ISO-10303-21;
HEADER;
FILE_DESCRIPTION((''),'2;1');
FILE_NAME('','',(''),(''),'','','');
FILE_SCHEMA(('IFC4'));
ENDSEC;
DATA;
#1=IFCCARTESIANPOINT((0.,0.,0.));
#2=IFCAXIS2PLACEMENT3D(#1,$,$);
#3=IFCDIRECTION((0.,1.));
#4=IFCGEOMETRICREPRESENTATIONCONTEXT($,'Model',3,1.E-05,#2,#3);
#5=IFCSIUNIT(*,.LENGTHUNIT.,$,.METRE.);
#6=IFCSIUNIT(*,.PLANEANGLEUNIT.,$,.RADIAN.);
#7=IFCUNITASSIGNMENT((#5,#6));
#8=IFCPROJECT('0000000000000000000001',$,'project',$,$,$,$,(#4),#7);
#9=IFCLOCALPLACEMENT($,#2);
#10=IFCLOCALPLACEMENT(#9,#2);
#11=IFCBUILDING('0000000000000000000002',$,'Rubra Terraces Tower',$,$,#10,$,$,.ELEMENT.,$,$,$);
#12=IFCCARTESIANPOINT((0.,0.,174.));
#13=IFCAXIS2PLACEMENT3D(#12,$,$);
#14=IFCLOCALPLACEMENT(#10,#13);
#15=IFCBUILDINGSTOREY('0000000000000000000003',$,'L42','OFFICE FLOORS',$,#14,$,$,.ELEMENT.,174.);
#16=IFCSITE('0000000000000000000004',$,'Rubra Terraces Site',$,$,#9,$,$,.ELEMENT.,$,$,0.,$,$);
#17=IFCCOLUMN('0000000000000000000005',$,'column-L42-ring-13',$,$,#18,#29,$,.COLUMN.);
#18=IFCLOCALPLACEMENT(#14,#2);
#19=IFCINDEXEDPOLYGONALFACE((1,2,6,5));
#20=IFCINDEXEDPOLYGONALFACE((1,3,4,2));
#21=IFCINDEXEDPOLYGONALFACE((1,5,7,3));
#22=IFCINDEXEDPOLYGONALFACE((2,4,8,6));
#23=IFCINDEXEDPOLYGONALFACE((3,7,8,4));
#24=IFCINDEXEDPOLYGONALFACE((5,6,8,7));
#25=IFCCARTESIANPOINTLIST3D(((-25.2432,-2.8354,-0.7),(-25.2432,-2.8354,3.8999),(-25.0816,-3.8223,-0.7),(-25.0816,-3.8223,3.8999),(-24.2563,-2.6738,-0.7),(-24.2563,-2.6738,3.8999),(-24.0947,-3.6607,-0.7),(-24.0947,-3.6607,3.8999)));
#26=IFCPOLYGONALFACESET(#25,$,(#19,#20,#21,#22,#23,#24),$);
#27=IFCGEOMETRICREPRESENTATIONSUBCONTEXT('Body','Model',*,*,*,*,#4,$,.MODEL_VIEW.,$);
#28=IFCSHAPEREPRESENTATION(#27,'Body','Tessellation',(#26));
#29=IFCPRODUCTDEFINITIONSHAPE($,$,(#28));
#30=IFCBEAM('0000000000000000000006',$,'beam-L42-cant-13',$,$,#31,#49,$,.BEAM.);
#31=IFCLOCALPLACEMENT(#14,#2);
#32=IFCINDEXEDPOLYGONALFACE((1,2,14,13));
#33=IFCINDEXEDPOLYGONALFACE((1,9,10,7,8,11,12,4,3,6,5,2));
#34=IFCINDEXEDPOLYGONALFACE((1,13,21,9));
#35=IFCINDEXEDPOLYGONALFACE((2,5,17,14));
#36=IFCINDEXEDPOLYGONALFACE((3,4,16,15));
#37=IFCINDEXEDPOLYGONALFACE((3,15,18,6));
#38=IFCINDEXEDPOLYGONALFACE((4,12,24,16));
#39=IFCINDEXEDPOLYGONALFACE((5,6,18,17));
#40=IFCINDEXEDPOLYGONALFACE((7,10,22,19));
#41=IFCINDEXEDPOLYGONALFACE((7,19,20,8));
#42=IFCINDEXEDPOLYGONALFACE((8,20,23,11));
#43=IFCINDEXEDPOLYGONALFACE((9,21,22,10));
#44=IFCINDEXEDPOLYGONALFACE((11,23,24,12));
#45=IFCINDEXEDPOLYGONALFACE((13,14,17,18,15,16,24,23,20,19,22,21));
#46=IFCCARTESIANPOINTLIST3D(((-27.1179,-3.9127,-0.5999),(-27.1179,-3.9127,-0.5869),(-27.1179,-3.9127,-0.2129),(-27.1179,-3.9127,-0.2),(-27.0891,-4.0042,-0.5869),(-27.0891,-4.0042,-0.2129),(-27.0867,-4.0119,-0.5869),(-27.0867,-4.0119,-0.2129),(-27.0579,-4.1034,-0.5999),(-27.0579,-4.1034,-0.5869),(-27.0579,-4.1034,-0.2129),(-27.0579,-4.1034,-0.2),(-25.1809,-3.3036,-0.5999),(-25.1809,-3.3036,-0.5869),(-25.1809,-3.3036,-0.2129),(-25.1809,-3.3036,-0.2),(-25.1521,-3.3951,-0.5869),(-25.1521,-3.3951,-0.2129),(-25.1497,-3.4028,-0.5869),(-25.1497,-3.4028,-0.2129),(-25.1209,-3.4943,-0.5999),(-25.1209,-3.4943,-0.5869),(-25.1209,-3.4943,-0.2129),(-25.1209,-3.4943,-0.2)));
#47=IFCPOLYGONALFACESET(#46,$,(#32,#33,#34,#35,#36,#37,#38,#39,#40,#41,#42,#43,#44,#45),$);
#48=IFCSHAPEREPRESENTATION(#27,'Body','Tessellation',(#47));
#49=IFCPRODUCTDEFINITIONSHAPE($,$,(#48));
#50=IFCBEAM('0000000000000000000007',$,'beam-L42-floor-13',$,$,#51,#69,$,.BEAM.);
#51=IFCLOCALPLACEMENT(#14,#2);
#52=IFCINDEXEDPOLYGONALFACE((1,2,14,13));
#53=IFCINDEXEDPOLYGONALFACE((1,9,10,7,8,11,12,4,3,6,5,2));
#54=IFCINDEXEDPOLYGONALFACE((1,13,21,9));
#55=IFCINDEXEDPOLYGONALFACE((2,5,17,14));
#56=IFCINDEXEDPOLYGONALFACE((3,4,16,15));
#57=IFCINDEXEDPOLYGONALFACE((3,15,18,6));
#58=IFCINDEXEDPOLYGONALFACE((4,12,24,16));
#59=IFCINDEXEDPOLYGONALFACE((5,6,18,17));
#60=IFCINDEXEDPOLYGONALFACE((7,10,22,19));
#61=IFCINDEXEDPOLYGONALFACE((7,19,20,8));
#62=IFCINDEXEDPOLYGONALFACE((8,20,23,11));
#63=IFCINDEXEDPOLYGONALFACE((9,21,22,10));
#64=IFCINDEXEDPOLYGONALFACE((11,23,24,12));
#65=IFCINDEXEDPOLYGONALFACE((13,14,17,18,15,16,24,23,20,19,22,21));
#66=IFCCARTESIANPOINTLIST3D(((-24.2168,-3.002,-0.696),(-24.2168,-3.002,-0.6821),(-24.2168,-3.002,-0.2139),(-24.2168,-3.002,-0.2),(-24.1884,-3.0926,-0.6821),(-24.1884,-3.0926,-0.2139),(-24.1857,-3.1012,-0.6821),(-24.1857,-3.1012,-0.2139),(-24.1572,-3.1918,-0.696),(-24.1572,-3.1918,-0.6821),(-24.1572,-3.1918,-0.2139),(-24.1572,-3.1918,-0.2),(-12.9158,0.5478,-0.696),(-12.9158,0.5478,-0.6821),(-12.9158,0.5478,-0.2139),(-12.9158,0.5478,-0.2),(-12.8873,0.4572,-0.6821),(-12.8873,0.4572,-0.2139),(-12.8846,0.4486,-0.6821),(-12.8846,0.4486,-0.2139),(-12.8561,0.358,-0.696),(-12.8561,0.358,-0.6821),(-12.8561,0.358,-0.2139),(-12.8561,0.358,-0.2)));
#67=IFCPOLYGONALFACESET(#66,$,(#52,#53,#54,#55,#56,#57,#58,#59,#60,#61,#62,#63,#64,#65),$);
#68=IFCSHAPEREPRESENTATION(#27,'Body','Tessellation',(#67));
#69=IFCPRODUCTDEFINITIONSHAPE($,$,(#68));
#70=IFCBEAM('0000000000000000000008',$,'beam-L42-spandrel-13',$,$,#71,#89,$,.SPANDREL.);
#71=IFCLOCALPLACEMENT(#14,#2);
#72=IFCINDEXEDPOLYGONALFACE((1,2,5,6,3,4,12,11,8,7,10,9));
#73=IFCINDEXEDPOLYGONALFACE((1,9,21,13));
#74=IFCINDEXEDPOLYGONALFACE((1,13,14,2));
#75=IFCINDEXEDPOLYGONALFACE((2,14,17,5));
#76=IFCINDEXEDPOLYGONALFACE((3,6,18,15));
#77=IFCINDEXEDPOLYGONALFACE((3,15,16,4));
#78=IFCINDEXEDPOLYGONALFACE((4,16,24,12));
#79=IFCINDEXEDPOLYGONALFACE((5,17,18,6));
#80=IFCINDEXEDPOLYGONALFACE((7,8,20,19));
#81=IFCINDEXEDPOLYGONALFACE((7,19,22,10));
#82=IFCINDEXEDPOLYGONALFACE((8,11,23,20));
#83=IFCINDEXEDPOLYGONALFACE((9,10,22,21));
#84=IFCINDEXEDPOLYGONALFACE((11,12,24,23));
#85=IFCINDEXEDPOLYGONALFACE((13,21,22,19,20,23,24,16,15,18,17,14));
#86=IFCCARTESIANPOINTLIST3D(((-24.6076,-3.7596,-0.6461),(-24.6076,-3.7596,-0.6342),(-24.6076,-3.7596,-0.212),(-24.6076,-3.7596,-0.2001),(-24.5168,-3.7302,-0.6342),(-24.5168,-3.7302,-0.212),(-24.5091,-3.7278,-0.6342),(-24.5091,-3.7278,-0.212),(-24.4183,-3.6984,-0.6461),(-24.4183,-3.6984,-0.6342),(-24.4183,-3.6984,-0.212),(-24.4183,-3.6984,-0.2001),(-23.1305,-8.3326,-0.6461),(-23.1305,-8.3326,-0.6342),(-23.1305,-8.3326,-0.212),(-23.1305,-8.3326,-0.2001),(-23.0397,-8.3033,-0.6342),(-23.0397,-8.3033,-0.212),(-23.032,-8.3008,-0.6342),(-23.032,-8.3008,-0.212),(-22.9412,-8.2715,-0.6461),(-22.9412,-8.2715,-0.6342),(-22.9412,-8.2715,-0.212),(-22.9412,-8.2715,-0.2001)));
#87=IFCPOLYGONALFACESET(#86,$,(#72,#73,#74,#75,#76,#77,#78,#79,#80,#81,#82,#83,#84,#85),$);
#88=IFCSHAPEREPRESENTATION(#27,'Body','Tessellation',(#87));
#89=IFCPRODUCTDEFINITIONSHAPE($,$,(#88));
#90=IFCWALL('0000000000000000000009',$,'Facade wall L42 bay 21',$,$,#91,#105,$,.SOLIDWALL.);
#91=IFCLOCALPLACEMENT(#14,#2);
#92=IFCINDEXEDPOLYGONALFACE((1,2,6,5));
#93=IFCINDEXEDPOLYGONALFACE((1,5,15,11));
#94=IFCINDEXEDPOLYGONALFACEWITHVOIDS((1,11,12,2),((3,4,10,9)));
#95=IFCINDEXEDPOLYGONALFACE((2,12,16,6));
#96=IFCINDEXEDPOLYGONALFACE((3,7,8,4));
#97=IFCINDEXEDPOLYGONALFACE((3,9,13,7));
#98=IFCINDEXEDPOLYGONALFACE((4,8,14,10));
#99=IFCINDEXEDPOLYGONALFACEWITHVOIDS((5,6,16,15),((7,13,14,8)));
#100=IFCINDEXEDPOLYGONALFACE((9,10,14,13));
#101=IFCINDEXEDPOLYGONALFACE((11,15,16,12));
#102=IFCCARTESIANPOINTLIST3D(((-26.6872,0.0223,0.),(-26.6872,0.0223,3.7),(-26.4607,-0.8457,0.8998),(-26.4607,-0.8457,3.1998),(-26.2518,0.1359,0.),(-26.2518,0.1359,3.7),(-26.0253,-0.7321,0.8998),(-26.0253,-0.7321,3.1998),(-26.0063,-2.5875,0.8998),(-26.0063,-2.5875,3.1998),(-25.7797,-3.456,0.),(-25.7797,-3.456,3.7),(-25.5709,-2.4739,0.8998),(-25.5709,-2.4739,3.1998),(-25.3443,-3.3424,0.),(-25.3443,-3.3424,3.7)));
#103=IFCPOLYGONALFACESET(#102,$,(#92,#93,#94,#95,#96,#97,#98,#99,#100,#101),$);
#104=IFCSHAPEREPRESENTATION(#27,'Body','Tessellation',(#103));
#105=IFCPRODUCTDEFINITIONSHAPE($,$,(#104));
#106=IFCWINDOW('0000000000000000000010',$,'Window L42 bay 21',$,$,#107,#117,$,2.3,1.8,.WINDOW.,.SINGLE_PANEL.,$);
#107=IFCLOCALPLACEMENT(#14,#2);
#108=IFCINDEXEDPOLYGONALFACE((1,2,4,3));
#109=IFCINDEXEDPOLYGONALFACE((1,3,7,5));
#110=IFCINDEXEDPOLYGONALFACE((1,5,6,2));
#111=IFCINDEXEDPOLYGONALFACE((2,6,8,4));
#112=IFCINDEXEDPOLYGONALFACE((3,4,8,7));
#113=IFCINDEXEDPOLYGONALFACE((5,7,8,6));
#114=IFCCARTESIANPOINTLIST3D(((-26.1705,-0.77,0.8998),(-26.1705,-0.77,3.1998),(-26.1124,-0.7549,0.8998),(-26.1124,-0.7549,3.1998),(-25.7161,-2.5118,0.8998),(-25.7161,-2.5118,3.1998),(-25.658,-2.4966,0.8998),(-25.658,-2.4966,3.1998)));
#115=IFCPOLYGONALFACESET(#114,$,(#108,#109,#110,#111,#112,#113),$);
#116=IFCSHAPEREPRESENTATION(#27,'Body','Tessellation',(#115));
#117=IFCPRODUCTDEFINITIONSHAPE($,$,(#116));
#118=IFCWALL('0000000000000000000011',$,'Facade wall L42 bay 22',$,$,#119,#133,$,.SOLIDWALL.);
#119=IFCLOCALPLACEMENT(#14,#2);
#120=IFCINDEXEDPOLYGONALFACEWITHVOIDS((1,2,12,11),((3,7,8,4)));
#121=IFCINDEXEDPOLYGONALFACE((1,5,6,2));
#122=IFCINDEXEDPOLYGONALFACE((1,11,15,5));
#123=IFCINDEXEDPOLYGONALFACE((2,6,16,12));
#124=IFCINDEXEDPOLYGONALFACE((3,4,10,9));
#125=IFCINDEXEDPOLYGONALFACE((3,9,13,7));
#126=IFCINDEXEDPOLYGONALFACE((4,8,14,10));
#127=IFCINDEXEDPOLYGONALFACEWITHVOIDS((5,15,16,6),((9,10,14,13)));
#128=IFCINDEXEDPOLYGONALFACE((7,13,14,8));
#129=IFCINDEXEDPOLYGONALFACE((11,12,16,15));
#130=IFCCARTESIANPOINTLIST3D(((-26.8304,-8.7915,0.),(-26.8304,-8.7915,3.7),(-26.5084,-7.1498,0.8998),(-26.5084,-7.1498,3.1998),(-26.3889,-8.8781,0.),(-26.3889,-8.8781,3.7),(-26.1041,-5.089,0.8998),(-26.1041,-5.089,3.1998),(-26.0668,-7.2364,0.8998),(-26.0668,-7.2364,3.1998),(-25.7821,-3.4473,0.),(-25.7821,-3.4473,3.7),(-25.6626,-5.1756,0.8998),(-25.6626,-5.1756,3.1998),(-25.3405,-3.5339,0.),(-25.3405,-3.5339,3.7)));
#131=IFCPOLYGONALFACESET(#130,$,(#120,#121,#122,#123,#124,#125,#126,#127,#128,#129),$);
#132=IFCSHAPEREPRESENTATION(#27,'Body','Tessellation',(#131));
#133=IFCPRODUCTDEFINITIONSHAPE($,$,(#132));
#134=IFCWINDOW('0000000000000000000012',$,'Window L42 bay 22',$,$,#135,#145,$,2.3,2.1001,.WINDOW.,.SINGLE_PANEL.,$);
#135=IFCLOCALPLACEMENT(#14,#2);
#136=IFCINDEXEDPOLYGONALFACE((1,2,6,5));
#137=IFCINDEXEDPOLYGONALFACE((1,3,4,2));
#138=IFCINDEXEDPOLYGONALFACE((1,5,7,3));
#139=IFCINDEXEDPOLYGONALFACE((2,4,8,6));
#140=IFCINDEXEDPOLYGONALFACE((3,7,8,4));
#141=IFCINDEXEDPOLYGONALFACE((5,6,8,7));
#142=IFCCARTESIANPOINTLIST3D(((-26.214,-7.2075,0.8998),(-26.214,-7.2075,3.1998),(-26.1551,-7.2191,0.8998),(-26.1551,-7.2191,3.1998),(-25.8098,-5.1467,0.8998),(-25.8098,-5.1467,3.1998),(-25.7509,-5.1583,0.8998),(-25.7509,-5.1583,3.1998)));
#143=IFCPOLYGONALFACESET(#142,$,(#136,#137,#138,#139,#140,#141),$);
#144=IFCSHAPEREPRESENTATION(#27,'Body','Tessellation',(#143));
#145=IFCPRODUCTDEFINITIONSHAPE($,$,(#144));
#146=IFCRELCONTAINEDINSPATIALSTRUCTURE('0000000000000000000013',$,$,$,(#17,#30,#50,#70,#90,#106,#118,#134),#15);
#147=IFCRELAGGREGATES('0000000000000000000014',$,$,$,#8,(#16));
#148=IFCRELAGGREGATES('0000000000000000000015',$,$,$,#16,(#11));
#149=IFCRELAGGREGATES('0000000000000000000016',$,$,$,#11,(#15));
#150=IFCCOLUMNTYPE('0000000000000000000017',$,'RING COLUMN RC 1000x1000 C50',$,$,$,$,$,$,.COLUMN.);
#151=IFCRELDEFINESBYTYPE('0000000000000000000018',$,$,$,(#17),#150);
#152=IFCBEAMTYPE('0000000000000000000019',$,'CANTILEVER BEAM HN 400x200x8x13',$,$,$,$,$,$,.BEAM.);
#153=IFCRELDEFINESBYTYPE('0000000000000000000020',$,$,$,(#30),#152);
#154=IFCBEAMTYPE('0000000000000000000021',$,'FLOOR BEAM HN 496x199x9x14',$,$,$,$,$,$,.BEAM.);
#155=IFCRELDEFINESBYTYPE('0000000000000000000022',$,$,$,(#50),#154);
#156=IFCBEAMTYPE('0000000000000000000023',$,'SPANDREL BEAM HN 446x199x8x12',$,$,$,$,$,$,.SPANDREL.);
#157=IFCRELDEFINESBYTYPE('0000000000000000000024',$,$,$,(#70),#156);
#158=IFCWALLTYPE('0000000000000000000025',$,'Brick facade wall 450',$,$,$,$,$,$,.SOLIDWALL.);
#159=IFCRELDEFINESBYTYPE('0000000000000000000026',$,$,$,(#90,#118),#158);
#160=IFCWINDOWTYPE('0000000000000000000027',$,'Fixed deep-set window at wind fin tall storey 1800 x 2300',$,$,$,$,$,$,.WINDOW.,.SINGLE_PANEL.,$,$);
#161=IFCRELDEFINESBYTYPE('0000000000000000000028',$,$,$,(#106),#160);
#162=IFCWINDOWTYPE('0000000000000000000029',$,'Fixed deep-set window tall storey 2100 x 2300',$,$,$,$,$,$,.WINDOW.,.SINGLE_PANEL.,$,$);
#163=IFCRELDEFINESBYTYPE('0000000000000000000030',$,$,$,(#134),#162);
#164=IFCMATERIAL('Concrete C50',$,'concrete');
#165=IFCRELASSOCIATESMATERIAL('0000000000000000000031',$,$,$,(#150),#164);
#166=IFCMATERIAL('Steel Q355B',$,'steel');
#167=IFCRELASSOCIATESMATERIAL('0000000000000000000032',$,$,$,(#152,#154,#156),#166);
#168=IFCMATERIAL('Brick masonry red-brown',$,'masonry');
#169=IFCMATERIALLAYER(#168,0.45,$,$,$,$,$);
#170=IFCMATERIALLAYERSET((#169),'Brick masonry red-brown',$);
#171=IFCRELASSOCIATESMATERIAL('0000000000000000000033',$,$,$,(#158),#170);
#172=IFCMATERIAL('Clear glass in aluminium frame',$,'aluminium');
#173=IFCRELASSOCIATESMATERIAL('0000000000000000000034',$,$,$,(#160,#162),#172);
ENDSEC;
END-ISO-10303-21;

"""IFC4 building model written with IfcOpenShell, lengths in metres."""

from ifc_helpers import new_model, si_unit, direction, frame, frame_2d, origin, origin_2d, place, context, subcontext, project, spatial, rectangle, i_section, extrude, material, layer, layer_set, material_profile, profile_set, type_object, element, fill, save


model = new_model("IFC4")

# Units and contexts
model_context = context("Model", 3, precision=1e-05, world=origin(), true_north=direction((0.0, 1.0)))
body_context = subcontext(model_context, "Body", "Model", "MODEL_VIEW")
ifc_project = project(units=[si_unit("LENGTHUNIT", "METRE"), si_unit("PLANEANGLEUNIT", "RADIAN")], contexts=[model_context])

# Site, building, storey
site_placement = place(None, origin())
site = spatial("IfcSite", under=ifc_project, at=site_placement, Name="Rubra Terraces Site", CompositionType="ELEMENT", RefElevation=0.0)
building_placement = place(site_placement, origin())
building = spatial("IfcBuilding", under=site, at=building_placement, Name="Rubra Terraces Tower", CompositionType="ELEMENT")
storey_placement = place(building_placement, frame((0.0, 0.0, 174.0)))
storey = spatial("IfcBuildingStorey", under=building, at=storey_placement, Name="L42", Description="OFFICE FLOORS", CompositionType="ELEMENT", Elevation=174.0)

# Column
ifc_material_1 = material(Name="Concrete C50", Category="concrete")
ifc_material_profile_1 = material_profile(ifc_material_1, rectangle(XDim=1.0, YDim=1.0, at=origin_2d()), Name="RC 1000x1000")
ifc_profile_set_1 = profile_set([ifc_material_profile_1], Name="Concrete C50")
column_type = type_object("IfcColumnType", Name="RING COLUMN RC 1000x1000 C50", PredefinedType="COLUMN", material=ifc_profile_set_1)
column_placement = place(storey_placement, frame((-24.6689, -3.248, -0.7), z_axis=(0.0, 0.0, 1.0), x_axis=(0.161559, -0.986863, 0.0)))
element("IfcColumn", 1, at=column_placement, inside=storey, type_object=column_type, Name="column-L42-ring-13", PredefinedType="COLUMN", context=body_context, shape_type="SweptSolid", body=[
    extrude(rectangle(XDim=1.0, YDim=1.0, at=origin_2d()), origin(), (0.0, 0.0, 1.0), 4.5999),
])

# Beams
ifc_material_2 = material(Name="Steel Q355B", Category="steel")
ifc_material_profile_2 = material_profile(ifc_material_2, i_section(OverallWidth=0.2, OverallDepth=0.3999, WebThickness=0.0081, FlangeThickness=0.0129, at=origin_2d()), Name="HN 400x200x8x13")
ifc_profile_set_2 = profile_set([ifc_material_profile_2], Name="Steel Q355B")
beam_type_1 = type_object("IfcBeamType", Name="CANTILEVER BEAM HN 400x200x8x13", PredefinedType="BEAM", material=ifc_profile_set_2)
beam_1_placement = place(storey_placement, frame((-25.1509, -3.3989, -0.3999), z_axis=(-0.953944, -0.299986, 0.0), x_axis=(0.299986, -0.953944, 0.0)))
element("IfcBeam", 2, at=beam_1_placement, inside=storey, type_object=beam_type_1, Name="beam-L42-cant-13", PredefinedType="BEAM", context=body_context, shape_type="SweptSolid", body=[
    extrude(i_section(OverallWidth=0.2, OverallDepth=0.3999, WebThickness=0.0081, FlangeThickness=0.0129, at=origin_2d()), origin(), (0.0, 0.0, 1.0), 2.0305),
])
ifc_material_profile_3 = material_profile(ifc_material_2, i_section(OverallWidth=0.199, OverallDepth=0.4961, WebThickness=0.009, FlangeThickness=0.0139, at=origin_2d()), Name="HN 496x199x9x14")
ifc_profile_set_3 = profile_set([ifc_material_profile_3], Name="Steel Q355B")
beam_type_2 = type_object("IfcBeamType", Name="FLOOR BEAM HN 496x199x9x14", PredefinedType="BEAM", material=ifc_profile_set_3)
beam_2_placement = place(storey_placement, frame((-24.187, -3.0969, -0.448), z_axis=(0.954041, 0.299677, 0.0), x_axis=(-0.299677, 0.954041, 0.0)))
element("IfcBeam", 3, at=beam_2_placement, inside=storey, type_object=beam_type_2, Name="beam-L42-floor-13", PredefinedType="BEAM", context=body_context, shape_type="SweptSolid", body=[
    extrude(i_section(OverallWidth=0.199, OverallDepth=0.4961, WebThickness=0.009, FlangeThickness=0.0139, at=origin_2d()), origin(), (0.0, 0.0, 1.0), 11.8455),
])
ifc_material_profile_4 = material_profile(ifc_material_2, i_section(OverallWidth=0.199, OverallDepth=0.446, WebThickness=0.0081, FlangeThickness=0.012, at=origin_2d()), Name="HN 446x199x8x12")
ifc_profile_set_4 = profile_set([ifc_material_profile_4], Name="Steel Q355B")
beam_type_3 = type_object("IfcBeamType", Name="SPANDREL BEAM HN 446x199x8x12", PredefinedType="SPANDREL", material=ifc_profile_set_4)
beam_3_placement = place(storey_placement, frame((-24.5129, -3.729, -0.4231), z_axis=(0.307359, -0.951594, 0.0), x_axis=(0.951594, 0.307359, 0.0)))
element("IfcBeam", 4, at=beam_3_placement, inside=storey, type_object=beam_type_3, Name="beam-L42-spandrel-13", PredefinedType="SPANDREL", context=body_context, shape_type="SweptSolid", body=[
    extrude(i_section(OverallWidth=0.199, OverallDepth=0.446, WebThickness=0.0081, FlangeThickness=0.012, at=origin_2d()), origin(), (0.0, 0.0, 1.0), 4.8057),
])

# Walls, openings, windows
ifc_material_3 = material(Name="Brick masonry red-brown", Category="masonry")
ifc_layer_1 = layer(ifc_material_3, 0.45)
ifc_layer_set_1 = layer_set([ifc_layer_1], Name="Brick masonry red-brown")
wall_type_1 = type_object("IfcWallType", Name="Brick facade wall 450", PredefinedType="SOLIDWALL", material=ifc_layer_set_1)
wall_1_placement = place(storey_placement, frame((-26.4695, 0.0791, 0.0), z_axis=(0.0, 0.0, 1.0), x_axis=(0.252447, -0.967611, 0.0)))
wall_1 = element("IfcWall", 5, at=wall_1_placement, inside=storey, type_object=wall_type_1, Name="Facade wall L42 bay 21", PredefinedType="SOLIDWALL", context=body_context, shape_type="SweptSolid", body=[
    extrude(rectangle(XDim=3.5947, YDim=0.45, at=frame_2d((1.7974, 0.0))), origin(), (0.0, 0.0, 1.0), 3.7),
])
opening_1_placement = place(wall_1_placement, frame((0.8972, 0.0, 0.8999)))
opening_1 = element("IfcOpeningElement", 6, at=opening_1_placement, cuts=wall_1, PredefinedType="OPENING", context=body_context, shape_type="SweptSolid", body=[
    extrude(rectangle(XDim=1.8, YDim=2.3, at=frame_2d((0.8999, 1.1499))), frame((0.0, 0.2349, 0.0), z_axis=(0.0, -1.0, 0.0), x_axis=(1.0, 0.0, 0.0)), (0.0, 0.0, 1.0), 0.47),
])
ifc_material_4 = material(Name="Clear glass in aluminium frame", Category="aluminium")
window_type_1 = type_object("IfcWindowType", Name="Fixed deep-set window at wind fin tall storey 1800 x 2300", PartitioningType="SINGLE_PANEL", PredefinedType="WINDOW", material=ifc_material_4)
window_1_placement = place(opening_1_placement, origin())
window_1 = element("IfcWindow", 7, at=window_1_placement, inside=storey, type_object=window_type_1, Name="Window L42 bay 21", OverallHeight=2.3, OverallWidth=1.8, PartitioningType="SINGLE_PANEL", PredefinedType="WINDOW", context=body_context, shape_type="SweptSolid", body=[
    extrude(rectangle(XDim=1.8, YDim=2.3, at=frame_2d((0.8999, 1.1499))), frame((0.0, 0.135, 0.0), z_axis=(0.0, -1.0, 0.0), x_axis=(1.0, 0.0, 0.0)), (0.0, 0.0, 1.0), 0.0601),
])
fill(opening_1, window_1)
wall_2_placement = place(storey_placement, frame((-25.5613, -3.4905, 0.0), z_axis=(0.0, 0.0, 1.0), x_axis=(-0.192494, -0.981298, 0.0)))
wall_2 = element("IfcWall", 8, at=wall_2_placement, inside=storey, type_object=wall_type_1, Name="Facade wall L42 bay 22", PredefinedType="SOLIDWALL", context=body_context, shape_type="SweptSolid", body=[
    extrude(rectangle(XDim=5.446, YDim=0.45, at=frame_2d((2.7231, 0.0))), origin(), (0.0, 0.0, 1.0), 3.7),
])
opening_2_placement = place(wall_2_placement, frame((1.6731, 0.0, 0.8999)))
opening_2 = element("IfcOpeningElement", 9, at=opening_2_placement, cuts=wall_2, PredefinedType="OPENING", context=body_context, shape_type="SweptSolid", body=[
    extrude(rectangle(XDim=2.1001, YDim=2.3, at=frame_2d((1.05, 1.1499))), frame((0.0, 0.2349, 0.0), z_axis=(0.0, -1.0, 0.0), x_axis=(1.0, 0.0, 0.0)), (0.0, 0.0, 1.0), 0.47),
])
window_type_2 = type_object("IfcWindowType", Name="Fixed deep-set window tall storey 2100 x 2300", PartitioningType="SINGLE_PANEL", PredefinedType="WINDOW", material=ifc_material_4)
window_2_placement = place(opening_2_placement, origin())
window_2 = element("IfcWindow", 10, at=window_2_placement, inside=storey, type_object=window_type_2, Name="Window L42 bay 22", OverallHeight=2.3, OverallWidth=2.1001, PartitioningType="SINGLE_PANEL", PredefinedType="WINDOW", context=body_context, shape_type="SweptSolid", body=[
    extrude(rectangle(XDim=2.1001, YDim=2.3, at=frame_2d((1.05, 1.1499))), frame((0.0, 0.135, 0.0), z_axis=(0.0, -1.0, 0.0), x_axis=(1.0, 0.0, 0.0)), (0.0, 0.0, 1.0), 0.0601),
])
fill(opening_2, window_2)

save(model, "model.ifc")
